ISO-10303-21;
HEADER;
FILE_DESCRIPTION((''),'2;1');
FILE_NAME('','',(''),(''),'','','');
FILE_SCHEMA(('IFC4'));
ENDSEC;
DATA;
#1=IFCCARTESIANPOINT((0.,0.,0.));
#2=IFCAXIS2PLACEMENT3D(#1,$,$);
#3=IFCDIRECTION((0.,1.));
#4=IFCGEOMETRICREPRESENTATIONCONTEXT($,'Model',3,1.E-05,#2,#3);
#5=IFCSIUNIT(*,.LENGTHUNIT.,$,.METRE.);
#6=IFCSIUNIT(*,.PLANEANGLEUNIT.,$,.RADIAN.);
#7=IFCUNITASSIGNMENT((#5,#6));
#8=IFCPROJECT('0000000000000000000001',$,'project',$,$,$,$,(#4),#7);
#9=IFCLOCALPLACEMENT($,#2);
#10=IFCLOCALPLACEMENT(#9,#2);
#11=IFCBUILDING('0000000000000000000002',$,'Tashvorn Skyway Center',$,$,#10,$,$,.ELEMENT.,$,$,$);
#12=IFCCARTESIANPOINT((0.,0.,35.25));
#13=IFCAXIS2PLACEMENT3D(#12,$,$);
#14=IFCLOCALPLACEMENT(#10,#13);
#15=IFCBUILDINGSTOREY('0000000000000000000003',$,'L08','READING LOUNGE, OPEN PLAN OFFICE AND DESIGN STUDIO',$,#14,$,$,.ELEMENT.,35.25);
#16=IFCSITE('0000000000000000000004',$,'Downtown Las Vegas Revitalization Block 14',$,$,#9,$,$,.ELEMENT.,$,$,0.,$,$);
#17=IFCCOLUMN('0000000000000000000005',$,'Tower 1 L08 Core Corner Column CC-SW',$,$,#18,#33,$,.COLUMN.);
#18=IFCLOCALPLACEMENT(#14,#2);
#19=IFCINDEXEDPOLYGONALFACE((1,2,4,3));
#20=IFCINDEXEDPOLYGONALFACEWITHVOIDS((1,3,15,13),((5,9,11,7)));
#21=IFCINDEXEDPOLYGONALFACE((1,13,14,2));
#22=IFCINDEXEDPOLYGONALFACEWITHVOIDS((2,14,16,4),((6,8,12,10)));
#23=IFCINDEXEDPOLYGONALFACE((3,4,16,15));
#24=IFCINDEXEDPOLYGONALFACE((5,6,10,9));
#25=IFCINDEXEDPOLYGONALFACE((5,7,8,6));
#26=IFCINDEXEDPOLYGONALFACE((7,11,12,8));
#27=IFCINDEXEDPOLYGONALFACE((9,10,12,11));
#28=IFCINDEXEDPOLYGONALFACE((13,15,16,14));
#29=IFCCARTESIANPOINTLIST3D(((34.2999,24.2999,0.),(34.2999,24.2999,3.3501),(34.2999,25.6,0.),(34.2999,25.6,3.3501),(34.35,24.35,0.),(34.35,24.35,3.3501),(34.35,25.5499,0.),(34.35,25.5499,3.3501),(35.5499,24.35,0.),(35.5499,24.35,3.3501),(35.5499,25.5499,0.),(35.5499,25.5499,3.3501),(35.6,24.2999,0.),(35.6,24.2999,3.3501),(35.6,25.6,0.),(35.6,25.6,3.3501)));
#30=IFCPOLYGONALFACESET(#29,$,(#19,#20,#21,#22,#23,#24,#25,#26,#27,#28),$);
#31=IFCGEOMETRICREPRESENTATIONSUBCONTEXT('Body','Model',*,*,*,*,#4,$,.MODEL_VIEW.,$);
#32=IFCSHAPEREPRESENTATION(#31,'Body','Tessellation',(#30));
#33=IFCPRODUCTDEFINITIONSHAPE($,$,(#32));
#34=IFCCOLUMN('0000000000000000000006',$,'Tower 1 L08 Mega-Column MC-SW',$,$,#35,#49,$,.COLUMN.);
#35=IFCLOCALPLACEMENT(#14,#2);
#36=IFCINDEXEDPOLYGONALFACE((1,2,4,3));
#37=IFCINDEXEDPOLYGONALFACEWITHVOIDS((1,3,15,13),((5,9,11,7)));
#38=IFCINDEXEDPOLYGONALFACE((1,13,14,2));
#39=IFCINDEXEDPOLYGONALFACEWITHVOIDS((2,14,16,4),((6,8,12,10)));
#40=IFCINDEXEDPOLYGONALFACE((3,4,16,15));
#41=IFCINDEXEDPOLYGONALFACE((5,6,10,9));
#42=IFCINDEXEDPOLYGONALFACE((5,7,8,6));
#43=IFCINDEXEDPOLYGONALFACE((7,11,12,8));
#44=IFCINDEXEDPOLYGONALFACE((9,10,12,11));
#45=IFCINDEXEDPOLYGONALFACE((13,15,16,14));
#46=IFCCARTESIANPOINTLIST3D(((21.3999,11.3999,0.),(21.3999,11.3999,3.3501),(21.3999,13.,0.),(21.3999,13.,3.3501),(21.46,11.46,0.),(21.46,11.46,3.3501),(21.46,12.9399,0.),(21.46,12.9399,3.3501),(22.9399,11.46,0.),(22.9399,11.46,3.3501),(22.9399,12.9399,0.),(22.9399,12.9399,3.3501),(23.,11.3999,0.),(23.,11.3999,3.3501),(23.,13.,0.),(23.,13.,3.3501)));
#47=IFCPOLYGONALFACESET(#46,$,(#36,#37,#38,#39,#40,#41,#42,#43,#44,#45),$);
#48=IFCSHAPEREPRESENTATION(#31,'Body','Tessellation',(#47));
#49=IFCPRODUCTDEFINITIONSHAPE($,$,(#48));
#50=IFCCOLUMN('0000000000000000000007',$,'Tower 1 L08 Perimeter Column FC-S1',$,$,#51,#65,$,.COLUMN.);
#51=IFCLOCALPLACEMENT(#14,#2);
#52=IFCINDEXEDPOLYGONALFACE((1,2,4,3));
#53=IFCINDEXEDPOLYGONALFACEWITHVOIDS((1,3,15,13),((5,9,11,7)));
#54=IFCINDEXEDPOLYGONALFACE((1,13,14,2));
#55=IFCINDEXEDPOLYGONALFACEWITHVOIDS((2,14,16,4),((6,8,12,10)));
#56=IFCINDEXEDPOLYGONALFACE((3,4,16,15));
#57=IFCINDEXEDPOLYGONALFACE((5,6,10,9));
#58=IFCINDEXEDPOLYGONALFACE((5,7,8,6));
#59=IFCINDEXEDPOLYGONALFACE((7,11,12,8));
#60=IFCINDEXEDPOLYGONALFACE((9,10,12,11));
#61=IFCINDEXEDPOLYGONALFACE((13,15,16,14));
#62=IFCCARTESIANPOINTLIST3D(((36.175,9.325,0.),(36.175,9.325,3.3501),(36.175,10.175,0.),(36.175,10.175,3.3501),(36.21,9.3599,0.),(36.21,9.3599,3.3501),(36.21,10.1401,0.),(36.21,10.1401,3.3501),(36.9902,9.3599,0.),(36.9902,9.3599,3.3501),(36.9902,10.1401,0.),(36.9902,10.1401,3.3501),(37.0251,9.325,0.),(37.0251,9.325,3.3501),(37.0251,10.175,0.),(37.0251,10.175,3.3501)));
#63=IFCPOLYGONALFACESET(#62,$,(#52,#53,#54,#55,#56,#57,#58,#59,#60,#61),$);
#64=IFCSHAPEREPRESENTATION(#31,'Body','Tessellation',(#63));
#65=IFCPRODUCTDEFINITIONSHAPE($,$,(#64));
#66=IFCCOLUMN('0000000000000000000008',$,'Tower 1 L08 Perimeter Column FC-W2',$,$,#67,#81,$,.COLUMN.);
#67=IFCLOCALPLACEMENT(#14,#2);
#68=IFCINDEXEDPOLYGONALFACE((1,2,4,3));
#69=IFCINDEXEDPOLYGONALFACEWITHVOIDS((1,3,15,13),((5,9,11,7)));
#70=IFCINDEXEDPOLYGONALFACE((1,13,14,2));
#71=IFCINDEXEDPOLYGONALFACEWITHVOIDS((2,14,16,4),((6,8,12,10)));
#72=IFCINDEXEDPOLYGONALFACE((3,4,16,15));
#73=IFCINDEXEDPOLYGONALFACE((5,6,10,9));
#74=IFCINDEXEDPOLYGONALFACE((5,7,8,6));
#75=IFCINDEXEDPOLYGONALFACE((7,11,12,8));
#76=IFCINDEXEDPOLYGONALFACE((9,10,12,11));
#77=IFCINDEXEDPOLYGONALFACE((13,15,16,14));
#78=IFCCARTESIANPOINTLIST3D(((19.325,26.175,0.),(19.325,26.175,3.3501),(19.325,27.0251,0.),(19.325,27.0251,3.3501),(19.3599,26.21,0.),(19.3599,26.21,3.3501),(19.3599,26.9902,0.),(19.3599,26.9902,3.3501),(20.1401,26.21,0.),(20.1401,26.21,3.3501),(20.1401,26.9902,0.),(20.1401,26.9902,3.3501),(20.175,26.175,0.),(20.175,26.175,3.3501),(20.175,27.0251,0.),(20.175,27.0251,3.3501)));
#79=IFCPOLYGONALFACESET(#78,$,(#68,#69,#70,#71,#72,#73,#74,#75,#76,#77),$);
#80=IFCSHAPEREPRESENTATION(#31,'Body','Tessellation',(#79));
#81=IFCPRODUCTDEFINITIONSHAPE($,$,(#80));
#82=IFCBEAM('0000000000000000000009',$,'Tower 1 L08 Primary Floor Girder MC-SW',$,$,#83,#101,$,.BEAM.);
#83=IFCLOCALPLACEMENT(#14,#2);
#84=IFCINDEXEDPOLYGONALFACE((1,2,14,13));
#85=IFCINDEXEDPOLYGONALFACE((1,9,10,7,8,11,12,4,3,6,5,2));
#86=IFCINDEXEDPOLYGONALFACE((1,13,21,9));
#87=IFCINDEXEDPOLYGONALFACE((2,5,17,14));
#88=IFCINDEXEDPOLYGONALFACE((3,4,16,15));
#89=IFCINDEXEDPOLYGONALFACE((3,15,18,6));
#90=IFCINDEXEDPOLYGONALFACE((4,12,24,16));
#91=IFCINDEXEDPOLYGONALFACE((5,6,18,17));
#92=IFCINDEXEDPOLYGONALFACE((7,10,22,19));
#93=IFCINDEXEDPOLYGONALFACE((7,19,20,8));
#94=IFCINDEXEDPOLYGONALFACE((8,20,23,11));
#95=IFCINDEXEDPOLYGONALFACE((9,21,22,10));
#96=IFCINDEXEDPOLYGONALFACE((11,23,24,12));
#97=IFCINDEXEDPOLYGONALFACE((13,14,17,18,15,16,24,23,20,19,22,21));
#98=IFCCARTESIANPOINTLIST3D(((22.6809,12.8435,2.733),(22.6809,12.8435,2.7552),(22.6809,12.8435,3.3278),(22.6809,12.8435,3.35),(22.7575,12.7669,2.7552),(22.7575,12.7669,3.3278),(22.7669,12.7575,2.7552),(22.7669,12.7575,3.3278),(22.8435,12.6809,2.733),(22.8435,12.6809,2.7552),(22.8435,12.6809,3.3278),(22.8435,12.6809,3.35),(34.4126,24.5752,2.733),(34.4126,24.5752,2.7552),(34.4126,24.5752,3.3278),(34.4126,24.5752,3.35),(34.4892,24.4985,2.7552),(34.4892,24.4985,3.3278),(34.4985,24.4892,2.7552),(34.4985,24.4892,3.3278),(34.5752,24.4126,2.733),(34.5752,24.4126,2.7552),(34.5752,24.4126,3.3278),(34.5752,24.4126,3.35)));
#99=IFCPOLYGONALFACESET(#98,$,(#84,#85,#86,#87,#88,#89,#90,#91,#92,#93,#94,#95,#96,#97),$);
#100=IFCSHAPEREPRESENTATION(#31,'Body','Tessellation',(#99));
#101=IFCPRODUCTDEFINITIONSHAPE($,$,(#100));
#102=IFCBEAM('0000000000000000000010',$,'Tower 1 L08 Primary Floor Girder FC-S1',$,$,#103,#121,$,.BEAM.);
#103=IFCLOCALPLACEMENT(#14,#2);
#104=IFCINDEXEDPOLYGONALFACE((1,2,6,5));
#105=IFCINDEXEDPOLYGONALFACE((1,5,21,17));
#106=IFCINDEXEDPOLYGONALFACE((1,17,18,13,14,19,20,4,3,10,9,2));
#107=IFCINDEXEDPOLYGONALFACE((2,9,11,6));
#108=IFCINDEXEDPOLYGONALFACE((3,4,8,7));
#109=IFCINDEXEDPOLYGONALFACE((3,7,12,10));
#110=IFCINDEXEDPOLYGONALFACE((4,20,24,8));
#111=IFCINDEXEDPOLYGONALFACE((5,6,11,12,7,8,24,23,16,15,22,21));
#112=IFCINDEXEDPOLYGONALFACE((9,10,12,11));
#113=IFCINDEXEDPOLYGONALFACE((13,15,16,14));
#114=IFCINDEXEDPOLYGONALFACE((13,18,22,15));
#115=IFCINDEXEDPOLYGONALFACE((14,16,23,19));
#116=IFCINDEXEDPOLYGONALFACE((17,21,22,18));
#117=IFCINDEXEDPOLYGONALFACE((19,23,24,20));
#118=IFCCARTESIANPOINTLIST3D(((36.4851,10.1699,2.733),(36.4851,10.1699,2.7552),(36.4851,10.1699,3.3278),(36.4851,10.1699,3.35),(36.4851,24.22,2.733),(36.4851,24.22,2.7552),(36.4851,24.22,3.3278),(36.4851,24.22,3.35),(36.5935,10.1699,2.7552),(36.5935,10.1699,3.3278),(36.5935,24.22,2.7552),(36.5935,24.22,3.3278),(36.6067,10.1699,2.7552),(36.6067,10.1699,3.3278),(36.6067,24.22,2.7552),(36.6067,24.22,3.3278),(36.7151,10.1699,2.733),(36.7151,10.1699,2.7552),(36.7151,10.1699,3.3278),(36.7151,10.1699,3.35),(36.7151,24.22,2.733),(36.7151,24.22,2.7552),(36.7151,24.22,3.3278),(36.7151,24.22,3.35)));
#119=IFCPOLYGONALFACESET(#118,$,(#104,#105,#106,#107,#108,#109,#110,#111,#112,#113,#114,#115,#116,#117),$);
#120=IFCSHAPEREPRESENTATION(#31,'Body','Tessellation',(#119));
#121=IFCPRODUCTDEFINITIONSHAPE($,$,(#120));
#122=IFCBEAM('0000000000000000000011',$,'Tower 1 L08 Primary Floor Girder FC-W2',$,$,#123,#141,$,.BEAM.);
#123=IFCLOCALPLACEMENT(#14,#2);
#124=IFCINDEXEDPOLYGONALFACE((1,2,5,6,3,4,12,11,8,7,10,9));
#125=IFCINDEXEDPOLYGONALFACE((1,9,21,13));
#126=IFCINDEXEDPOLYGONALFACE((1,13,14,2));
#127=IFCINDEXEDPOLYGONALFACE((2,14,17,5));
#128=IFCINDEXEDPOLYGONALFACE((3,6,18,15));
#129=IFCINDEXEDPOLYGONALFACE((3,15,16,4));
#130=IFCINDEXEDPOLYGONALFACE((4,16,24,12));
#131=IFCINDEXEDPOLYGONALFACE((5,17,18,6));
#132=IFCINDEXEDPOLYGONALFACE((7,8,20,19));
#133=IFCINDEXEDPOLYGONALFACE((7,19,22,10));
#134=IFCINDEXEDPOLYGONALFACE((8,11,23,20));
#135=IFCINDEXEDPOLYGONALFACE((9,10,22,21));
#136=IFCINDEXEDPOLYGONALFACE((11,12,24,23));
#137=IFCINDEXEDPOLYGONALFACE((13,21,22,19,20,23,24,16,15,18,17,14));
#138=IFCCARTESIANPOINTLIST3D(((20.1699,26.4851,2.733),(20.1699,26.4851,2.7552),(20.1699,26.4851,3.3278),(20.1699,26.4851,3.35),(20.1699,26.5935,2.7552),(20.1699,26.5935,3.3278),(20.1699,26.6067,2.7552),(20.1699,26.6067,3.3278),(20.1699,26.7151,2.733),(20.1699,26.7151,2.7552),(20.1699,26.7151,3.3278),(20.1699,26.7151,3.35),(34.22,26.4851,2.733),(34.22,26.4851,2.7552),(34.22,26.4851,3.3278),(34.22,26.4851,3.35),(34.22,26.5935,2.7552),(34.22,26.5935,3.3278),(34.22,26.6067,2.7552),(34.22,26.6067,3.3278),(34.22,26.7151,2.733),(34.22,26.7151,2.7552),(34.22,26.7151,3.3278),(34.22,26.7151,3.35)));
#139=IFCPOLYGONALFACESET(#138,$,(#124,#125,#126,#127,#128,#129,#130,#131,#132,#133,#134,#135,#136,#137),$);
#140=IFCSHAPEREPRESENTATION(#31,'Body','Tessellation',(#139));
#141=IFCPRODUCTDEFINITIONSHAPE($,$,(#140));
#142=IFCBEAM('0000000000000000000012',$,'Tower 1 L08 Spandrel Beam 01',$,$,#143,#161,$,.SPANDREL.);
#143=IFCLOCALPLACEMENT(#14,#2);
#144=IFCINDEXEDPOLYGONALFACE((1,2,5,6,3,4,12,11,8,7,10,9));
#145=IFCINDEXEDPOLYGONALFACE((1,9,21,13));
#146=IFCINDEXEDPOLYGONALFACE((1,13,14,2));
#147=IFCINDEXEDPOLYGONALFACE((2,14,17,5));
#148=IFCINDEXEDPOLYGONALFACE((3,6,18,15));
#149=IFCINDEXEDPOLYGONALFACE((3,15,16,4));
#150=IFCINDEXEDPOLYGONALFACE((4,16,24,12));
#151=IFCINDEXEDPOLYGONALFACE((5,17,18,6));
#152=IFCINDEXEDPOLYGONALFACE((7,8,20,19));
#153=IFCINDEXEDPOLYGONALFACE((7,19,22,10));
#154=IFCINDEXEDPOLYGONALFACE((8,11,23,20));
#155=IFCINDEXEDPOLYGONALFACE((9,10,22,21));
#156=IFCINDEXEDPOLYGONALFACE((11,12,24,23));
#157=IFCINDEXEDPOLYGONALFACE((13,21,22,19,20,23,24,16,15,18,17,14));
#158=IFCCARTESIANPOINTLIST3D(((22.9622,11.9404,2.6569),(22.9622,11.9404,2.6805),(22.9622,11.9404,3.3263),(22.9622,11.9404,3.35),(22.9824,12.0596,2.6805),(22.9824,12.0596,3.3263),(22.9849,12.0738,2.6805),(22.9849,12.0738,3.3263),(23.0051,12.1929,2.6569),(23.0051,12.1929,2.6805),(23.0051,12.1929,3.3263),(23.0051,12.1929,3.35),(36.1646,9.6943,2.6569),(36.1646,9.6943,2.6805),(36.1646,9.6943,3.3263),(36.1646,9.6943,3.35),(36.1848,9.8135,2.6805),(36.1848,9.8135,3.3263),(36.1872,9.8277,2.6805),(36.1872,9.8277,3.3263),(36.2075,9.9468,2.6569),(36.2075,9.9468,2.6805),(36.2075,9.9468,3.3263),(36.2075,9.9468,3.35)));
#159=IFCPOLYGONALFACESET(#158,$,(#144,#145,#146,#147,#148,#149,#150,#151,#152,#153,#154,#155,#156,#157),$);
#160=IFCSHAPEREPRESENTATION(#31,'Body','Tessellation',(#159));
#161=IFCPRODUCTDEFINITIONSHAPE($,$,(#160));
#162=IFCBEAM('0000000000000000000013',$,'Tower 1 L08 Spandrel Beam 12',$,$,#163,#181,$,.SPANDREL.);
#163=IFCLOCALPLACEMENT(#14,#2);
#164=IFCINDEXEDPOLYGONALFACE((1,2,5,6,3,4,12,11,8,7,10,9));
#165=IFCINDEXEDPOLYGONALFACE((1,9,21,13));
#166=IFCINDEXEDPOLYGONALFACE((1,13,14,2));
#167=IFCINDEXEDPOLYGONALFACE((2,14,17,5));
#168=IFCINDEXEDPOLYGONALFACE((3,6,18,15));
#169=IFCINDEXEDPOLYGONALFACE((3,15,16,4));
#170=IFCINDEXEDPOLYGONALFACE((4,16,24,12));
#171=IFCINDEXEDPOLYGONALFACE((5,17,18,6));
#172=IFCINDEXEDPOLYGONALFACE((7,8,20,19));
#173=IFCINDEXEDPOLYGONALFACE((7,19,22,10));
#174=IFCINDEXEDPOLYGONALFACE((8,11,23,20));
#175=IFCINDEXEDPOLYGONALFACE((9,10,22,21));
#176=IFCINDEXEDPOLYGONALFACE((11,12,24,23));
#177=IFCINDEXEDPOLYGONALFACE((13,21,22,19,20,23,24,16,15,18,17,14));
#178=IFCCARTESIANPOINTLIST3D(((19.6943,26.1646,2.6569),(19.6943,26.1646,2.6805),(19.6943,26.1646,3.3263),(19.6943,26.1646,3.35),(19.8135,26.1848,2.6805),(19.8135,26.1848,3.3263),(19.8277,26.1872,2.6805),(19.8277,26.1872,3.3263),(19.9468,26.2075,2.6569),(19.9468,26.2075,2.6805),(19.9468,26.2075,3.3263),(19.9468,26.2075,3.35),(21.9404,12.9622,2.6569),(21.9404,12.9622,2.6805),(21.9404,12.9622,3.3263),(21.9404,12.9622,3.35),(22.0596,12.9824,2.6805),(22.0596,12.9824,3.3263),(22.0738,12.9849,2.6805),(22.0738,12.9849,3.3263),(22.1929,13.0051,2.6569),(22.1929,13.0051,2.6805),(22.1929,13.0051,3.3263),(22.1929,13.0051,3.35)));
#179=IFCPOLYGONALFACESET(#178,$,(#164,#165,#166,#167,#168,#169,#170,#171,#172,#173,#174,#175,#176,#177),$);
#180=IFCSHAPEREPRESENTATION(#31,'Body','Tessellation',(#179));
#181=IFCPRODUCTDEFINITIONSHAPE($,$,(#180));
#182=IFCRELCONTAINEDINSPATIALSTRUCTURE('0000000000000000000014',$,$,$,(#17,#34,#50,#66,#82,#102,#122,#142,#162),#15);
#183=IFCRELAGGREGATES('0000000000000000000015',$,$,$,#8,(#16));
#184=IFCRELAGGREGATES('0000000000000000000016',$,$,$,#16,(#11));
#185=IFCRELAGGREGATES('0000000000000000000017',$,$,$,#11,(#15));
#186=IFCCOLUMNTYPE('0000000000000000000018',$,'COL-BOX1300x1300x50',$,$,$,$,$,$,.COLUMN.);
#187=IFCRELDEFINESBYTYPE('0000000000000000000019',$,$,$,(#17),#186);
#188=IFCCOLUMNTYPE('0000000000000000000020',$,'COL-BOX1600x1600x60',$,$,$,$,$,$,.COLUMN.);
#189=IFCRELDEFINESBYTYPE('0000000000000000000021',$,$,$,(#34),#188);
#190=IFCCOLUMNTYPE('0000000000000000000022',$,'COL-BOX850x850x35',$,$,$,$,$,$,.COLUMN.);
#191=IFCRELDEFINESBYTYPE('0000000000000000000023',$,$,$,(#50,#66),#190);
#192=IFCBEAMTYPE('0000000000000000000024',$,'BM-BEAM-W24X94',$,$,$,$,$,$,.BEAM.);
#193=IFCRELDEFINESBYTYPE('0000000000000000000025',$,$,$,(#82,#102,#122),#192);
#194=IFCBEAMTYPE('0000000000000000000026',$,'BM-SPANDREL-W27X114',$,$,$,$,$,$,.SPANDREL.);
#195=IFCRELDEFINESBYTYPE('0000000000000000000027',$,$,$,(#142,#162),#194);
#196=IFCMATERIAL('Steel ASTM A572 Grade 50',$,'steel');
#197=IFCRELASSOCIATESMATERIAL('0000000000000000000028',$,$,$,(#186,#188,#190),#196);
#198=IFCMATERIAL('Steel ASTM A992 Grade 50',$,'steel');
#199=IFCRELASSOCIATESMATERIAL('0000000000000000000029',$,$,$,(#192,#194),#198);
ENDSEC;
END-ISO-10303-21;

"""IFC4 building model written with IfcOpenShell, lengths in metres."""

from ifc_helpers import new_model, si_unit, direction, frame, origin, origin_2d, place, context, subcontext, project, spatial, hollow_rectangle, i_section, extrude, material, material_profile, profile_set, type_object, element, save


model = new_model("IFC4")

# Units and contexts
model_context = context("Model", 3, precision=1e-05, world=origin(), true_north=direction((0.0, 1.0)))
body_context = subcontext(model_context, "Body", "Model", "MODEL_VIEW")
ifc_project = project(units=[si_unit("LENGTHUNIT", "METRE"), si_unit("PLANEANGLEUNIT", "RADIAN")], contexts=[model_context])

# Site, building, storey
site_placement = place(None, origin())
site = spatial("IfcSite", under=ifc_project, at=site_placement, Name="Downtown Las Vegas Revitalization Block 14", CompositionType="ELEMENT", RefElevation=0.0)
building_placement = place(site_placement, origin())
building = spatial("IfcBuilding", under=site, at=building_placement, Name="Tashvorn Skyway Center", CompositionType="ELEMENT")
storey_placement = place(building_placement, frame((0.0, 0.0, 35.25)))
storey = spatial("IfcBuildingStorey", under=building, at=storey_placement, Name="L08", Description="READING LOUNGE, OPEN PLAN OFFICE AND DESIGN STUDIO", CompositionType="ELEMENT", Elevation=35.25)

# Columns
ifc_material_1 = material(Name="Steel ASTM A572 Grade 50", Category="steel")
ifc_material_profile_1 = material_profile(ifc_material_1, hollow_rectangle(XDim=1.3, YDim=1.3, WallThickness=0.05, at=origin_2d()), Name="BOX1300x1300x50")
ifc_profile_set_1 = profile_set([ifc_material_profile_1], Name="Steel ASTM A572 Grade 50")
column_type_1 = type_object("IfcColumnType", Name="COL-BOX1300x1300x50", PredefinedType="COLUMN", material=ifc_profile_set_1)
column_1_placement = place(storey_placement, frame((34.95, 24.95, 0.0), z_axis=(0.0, 0.0, 1.0), x_axis=(1.0, 0.0, 0.0)))
element("IfcColumn", 1, at=column_1_placement, inside=storey, type_object=column_type_1, Name="Tower 1 L08 Core Corner Column CC-SW", PredefinedType="COLUMN", context=body_context, shape_type="SweptSolid", body=[
    extrude(hollow_rectangle(XDim=1.3, YDim=1.3, WallThickness=0.05, at=origin_2d()), origin(), (0.0, 0.0, 1.0), 3.3501),
])
ifc_material_profile_2 = material_profile(ifc_material_1, hollow_rectangle(XDim=1.6001, YDim=1.6001, WallThickness=0.0601, at=origin_2d()), Name="BOX1600x1600x60")
ifc_profile_set_2 = profile_set([ifc_material_profile_2], Name="Steel ASTM A572 Grade 50")
column_type_2 = type_object("IfcColumnType", Name="COL-BOX1600x1600x60", PredefinedType="COLUMN", material=ifc_profile_set_2)
column_2_placement = place(storey_placement, frame((22.2, 12.2, 0.0), z_axis=(0.0, 0.0, 1.0), x_axis=(1.0, 0.0, 0.0)))
element("IfcColumn", 2, at=column_2_placement, inside=storey, type_object=column_type_2, Name="Tower 1 L08 Mega-Column MC-SW", PredefinedType="COLUMN", context=body_context, shape_type="SweptSolid", body=[
    extrude(hollow_rectangle(XDim=1.6001, YDim=1.6001, WallThickness=0.0601, at=origin_2d()), origin(), (0.0, 0.0, 1.0), 3.3501),
])
ifc_material_profile_3 = material_profile(ifc_material_1, hollow_rectangle(XDim=0.8501, YDim=0.8501, WallThickness=0.0349, at=origin_2d()), Name="BOX850x850x35")
ifc_profile_set_3 = profile_set([ifc_material_profile_3], Name="Steel ASTM A572 Grade 50")
column_type_3 = type_object("IfcColumnType", Name="COL-BOX850x850x35", PredefinedType="COLUMN", material=ifc_profile_set_3)
for number, where, z_axis, x_axis, name in (
    (3, (36.6001, 9.75, 0.0), (0.0, 0.0, 1.0), (1.0, 0.0, 0.0), "Tower 1 L08 Perimeter Column FC-S1"),
    (4, (19.75, 26.6001, 0.0), (0.0, 0.0, 1.0), (1.0, 0.0, 0.0), "Tower 1 L08 Perimeter Column FC-W2"),
):
    element("IfcColumn", number, at=place(storey_placement, frame(where, z_axis=z_axis, x_axis=x_axis)), inside=storey, type_object=column_type_3, Name=name, PredefinedType="COLUMN", context=body_context, shape_type="SweptSolid", body=[
        extrude(hollow_rectangle(XDim=0.8501, YDim=0.8501, WallThickness=0.0349, at=origin_2d()), origin(), (0.0, 0.0, 1.0), 3.3501),
    ])

# Beams
ifc_material_2 = material(Name="Steel ASTM A992 Grade 50", Category="steel")
ifc_material_profile_4 = material_profile(ifc_material_2, i_section(OverallWidth=0.23, OverallDepth=0.6169, WebThickness=0.0132, FlangeThickness=0.0222, at=origin_2d()), Name="W24X94")
ifc_profile_set_4 = profile_set([ifc_material_profile_4], Name="Steel ASTM A992 Grade 50")
beam_type_1 = type_object("IfcBeamType", Name="BM-BEAM-W24X94", PredefinedType="BEAM", material=ifc_profile_set_4)
beam_placement = place(storey_placement, frame((22.7622, 12.7622, 3.0415), z_axis=(0.707107, 0.707107, 0.0), x_axis=(-0.707107, 0.707107, 0.0)))
element("IfcBeam", 5, at=beam_placement, inside=storey, type_object=beam_type_1, Name="Tower 1 L08 Primary Floor Girder MC-SW", PredefinedType="BEAM", context=body_context, shape_type="SweptSolid", body=[
    extrude(i_section(OverallWidth=0.23, OverallDepth=0.6169, WebThickness=0.0132, FlangeThickness=0.0222, at=origin_2d()), origin(), (0.0, 0.0, 1.0), 16.5911),
])
for number, where, z_axis, x_axis, name in (
    (6, (36.6001, 10.1699, 3.0415), (0.0, 1.0, 0.0), (-1.0, 0.0, 0.0), "Tower 1 L08 Primary Floor Girder FC-S1"),
    (7, (20.1699, 26.6001, 3.0415), (1.0, 0.0, 0.0), (0.0, 1.0, 0.0), "Tower 1 L08 Primary Floor Girder FC-W2"),
):
    element("IfcBeam", number, at=place(storey_placement, frame(where, z_axis=z_axis, x_axis=x_axis)), inside=storey, type_object=beam_type_1, Name=name, PredefinedType="BEAM", context=body_context, shape_type="SweptSolid", body=[
        extrude(i_section(OverallWidth=0.23, OverallDepth=0.6169, WebThickness=0.0132, FlangeThickness=0.0222, at=origin_2d()), origin(), (0.0, 0.0, 1.0), 14.05),
    ])
ifc_material_profile_5 = material_profile(ifc_material_2, i_section(OverallWidth=0.2561, OverallDepth=0.6931, WebThickness=0.0144, FlangeThickness=0.0237, at=origin_2d()), Name="W27X114")
ifc_profile_set_5 = profile_set([ifc_material_profile_5], Name="Steel ASTM A992 Grade 50")
beam_type_2 = type_object("IfcBeamType", Name="BM-SPANDREL-W27X114", PredefinedType="SPANDREL", material=ifc_profile_set_5)
for number, where, z_axis, x_axis, name in (
    (8, (22.9836, 12.0667, 3.0034), (0.985835, -0.167718, 0.0), (0.167718, 0.985835, 0.0), "Tower 1 L08 Spandrel Beam 01"),
    (9, (19.8206, 26.186, 3.0034), (0.167718, -0.985835, 0.0), (0.985835, 0.167718, 0.0), "Tower 1 L08 Spandrel Beam 12"),
):
    element("IfcBeam", number, at=place(storey_placement, frame(where, z_axis=z_axis, x_axis=x_axis)), inside=storey, type_object=beam_type_2, Name=name, PredefinedType="SPANDREL", context=body_context, shape_type="SweptSolid", body=[
        extrude(i_section(OverallWidth=0.2561, OverallDepth=0.6931, WebThickness=0.0144, FlangeThickness=0.0237, at=origin_2d()), origin(), (0.0, 0.0, 1.0), 13.3921),
    ])

save(model, "model.ifc")
